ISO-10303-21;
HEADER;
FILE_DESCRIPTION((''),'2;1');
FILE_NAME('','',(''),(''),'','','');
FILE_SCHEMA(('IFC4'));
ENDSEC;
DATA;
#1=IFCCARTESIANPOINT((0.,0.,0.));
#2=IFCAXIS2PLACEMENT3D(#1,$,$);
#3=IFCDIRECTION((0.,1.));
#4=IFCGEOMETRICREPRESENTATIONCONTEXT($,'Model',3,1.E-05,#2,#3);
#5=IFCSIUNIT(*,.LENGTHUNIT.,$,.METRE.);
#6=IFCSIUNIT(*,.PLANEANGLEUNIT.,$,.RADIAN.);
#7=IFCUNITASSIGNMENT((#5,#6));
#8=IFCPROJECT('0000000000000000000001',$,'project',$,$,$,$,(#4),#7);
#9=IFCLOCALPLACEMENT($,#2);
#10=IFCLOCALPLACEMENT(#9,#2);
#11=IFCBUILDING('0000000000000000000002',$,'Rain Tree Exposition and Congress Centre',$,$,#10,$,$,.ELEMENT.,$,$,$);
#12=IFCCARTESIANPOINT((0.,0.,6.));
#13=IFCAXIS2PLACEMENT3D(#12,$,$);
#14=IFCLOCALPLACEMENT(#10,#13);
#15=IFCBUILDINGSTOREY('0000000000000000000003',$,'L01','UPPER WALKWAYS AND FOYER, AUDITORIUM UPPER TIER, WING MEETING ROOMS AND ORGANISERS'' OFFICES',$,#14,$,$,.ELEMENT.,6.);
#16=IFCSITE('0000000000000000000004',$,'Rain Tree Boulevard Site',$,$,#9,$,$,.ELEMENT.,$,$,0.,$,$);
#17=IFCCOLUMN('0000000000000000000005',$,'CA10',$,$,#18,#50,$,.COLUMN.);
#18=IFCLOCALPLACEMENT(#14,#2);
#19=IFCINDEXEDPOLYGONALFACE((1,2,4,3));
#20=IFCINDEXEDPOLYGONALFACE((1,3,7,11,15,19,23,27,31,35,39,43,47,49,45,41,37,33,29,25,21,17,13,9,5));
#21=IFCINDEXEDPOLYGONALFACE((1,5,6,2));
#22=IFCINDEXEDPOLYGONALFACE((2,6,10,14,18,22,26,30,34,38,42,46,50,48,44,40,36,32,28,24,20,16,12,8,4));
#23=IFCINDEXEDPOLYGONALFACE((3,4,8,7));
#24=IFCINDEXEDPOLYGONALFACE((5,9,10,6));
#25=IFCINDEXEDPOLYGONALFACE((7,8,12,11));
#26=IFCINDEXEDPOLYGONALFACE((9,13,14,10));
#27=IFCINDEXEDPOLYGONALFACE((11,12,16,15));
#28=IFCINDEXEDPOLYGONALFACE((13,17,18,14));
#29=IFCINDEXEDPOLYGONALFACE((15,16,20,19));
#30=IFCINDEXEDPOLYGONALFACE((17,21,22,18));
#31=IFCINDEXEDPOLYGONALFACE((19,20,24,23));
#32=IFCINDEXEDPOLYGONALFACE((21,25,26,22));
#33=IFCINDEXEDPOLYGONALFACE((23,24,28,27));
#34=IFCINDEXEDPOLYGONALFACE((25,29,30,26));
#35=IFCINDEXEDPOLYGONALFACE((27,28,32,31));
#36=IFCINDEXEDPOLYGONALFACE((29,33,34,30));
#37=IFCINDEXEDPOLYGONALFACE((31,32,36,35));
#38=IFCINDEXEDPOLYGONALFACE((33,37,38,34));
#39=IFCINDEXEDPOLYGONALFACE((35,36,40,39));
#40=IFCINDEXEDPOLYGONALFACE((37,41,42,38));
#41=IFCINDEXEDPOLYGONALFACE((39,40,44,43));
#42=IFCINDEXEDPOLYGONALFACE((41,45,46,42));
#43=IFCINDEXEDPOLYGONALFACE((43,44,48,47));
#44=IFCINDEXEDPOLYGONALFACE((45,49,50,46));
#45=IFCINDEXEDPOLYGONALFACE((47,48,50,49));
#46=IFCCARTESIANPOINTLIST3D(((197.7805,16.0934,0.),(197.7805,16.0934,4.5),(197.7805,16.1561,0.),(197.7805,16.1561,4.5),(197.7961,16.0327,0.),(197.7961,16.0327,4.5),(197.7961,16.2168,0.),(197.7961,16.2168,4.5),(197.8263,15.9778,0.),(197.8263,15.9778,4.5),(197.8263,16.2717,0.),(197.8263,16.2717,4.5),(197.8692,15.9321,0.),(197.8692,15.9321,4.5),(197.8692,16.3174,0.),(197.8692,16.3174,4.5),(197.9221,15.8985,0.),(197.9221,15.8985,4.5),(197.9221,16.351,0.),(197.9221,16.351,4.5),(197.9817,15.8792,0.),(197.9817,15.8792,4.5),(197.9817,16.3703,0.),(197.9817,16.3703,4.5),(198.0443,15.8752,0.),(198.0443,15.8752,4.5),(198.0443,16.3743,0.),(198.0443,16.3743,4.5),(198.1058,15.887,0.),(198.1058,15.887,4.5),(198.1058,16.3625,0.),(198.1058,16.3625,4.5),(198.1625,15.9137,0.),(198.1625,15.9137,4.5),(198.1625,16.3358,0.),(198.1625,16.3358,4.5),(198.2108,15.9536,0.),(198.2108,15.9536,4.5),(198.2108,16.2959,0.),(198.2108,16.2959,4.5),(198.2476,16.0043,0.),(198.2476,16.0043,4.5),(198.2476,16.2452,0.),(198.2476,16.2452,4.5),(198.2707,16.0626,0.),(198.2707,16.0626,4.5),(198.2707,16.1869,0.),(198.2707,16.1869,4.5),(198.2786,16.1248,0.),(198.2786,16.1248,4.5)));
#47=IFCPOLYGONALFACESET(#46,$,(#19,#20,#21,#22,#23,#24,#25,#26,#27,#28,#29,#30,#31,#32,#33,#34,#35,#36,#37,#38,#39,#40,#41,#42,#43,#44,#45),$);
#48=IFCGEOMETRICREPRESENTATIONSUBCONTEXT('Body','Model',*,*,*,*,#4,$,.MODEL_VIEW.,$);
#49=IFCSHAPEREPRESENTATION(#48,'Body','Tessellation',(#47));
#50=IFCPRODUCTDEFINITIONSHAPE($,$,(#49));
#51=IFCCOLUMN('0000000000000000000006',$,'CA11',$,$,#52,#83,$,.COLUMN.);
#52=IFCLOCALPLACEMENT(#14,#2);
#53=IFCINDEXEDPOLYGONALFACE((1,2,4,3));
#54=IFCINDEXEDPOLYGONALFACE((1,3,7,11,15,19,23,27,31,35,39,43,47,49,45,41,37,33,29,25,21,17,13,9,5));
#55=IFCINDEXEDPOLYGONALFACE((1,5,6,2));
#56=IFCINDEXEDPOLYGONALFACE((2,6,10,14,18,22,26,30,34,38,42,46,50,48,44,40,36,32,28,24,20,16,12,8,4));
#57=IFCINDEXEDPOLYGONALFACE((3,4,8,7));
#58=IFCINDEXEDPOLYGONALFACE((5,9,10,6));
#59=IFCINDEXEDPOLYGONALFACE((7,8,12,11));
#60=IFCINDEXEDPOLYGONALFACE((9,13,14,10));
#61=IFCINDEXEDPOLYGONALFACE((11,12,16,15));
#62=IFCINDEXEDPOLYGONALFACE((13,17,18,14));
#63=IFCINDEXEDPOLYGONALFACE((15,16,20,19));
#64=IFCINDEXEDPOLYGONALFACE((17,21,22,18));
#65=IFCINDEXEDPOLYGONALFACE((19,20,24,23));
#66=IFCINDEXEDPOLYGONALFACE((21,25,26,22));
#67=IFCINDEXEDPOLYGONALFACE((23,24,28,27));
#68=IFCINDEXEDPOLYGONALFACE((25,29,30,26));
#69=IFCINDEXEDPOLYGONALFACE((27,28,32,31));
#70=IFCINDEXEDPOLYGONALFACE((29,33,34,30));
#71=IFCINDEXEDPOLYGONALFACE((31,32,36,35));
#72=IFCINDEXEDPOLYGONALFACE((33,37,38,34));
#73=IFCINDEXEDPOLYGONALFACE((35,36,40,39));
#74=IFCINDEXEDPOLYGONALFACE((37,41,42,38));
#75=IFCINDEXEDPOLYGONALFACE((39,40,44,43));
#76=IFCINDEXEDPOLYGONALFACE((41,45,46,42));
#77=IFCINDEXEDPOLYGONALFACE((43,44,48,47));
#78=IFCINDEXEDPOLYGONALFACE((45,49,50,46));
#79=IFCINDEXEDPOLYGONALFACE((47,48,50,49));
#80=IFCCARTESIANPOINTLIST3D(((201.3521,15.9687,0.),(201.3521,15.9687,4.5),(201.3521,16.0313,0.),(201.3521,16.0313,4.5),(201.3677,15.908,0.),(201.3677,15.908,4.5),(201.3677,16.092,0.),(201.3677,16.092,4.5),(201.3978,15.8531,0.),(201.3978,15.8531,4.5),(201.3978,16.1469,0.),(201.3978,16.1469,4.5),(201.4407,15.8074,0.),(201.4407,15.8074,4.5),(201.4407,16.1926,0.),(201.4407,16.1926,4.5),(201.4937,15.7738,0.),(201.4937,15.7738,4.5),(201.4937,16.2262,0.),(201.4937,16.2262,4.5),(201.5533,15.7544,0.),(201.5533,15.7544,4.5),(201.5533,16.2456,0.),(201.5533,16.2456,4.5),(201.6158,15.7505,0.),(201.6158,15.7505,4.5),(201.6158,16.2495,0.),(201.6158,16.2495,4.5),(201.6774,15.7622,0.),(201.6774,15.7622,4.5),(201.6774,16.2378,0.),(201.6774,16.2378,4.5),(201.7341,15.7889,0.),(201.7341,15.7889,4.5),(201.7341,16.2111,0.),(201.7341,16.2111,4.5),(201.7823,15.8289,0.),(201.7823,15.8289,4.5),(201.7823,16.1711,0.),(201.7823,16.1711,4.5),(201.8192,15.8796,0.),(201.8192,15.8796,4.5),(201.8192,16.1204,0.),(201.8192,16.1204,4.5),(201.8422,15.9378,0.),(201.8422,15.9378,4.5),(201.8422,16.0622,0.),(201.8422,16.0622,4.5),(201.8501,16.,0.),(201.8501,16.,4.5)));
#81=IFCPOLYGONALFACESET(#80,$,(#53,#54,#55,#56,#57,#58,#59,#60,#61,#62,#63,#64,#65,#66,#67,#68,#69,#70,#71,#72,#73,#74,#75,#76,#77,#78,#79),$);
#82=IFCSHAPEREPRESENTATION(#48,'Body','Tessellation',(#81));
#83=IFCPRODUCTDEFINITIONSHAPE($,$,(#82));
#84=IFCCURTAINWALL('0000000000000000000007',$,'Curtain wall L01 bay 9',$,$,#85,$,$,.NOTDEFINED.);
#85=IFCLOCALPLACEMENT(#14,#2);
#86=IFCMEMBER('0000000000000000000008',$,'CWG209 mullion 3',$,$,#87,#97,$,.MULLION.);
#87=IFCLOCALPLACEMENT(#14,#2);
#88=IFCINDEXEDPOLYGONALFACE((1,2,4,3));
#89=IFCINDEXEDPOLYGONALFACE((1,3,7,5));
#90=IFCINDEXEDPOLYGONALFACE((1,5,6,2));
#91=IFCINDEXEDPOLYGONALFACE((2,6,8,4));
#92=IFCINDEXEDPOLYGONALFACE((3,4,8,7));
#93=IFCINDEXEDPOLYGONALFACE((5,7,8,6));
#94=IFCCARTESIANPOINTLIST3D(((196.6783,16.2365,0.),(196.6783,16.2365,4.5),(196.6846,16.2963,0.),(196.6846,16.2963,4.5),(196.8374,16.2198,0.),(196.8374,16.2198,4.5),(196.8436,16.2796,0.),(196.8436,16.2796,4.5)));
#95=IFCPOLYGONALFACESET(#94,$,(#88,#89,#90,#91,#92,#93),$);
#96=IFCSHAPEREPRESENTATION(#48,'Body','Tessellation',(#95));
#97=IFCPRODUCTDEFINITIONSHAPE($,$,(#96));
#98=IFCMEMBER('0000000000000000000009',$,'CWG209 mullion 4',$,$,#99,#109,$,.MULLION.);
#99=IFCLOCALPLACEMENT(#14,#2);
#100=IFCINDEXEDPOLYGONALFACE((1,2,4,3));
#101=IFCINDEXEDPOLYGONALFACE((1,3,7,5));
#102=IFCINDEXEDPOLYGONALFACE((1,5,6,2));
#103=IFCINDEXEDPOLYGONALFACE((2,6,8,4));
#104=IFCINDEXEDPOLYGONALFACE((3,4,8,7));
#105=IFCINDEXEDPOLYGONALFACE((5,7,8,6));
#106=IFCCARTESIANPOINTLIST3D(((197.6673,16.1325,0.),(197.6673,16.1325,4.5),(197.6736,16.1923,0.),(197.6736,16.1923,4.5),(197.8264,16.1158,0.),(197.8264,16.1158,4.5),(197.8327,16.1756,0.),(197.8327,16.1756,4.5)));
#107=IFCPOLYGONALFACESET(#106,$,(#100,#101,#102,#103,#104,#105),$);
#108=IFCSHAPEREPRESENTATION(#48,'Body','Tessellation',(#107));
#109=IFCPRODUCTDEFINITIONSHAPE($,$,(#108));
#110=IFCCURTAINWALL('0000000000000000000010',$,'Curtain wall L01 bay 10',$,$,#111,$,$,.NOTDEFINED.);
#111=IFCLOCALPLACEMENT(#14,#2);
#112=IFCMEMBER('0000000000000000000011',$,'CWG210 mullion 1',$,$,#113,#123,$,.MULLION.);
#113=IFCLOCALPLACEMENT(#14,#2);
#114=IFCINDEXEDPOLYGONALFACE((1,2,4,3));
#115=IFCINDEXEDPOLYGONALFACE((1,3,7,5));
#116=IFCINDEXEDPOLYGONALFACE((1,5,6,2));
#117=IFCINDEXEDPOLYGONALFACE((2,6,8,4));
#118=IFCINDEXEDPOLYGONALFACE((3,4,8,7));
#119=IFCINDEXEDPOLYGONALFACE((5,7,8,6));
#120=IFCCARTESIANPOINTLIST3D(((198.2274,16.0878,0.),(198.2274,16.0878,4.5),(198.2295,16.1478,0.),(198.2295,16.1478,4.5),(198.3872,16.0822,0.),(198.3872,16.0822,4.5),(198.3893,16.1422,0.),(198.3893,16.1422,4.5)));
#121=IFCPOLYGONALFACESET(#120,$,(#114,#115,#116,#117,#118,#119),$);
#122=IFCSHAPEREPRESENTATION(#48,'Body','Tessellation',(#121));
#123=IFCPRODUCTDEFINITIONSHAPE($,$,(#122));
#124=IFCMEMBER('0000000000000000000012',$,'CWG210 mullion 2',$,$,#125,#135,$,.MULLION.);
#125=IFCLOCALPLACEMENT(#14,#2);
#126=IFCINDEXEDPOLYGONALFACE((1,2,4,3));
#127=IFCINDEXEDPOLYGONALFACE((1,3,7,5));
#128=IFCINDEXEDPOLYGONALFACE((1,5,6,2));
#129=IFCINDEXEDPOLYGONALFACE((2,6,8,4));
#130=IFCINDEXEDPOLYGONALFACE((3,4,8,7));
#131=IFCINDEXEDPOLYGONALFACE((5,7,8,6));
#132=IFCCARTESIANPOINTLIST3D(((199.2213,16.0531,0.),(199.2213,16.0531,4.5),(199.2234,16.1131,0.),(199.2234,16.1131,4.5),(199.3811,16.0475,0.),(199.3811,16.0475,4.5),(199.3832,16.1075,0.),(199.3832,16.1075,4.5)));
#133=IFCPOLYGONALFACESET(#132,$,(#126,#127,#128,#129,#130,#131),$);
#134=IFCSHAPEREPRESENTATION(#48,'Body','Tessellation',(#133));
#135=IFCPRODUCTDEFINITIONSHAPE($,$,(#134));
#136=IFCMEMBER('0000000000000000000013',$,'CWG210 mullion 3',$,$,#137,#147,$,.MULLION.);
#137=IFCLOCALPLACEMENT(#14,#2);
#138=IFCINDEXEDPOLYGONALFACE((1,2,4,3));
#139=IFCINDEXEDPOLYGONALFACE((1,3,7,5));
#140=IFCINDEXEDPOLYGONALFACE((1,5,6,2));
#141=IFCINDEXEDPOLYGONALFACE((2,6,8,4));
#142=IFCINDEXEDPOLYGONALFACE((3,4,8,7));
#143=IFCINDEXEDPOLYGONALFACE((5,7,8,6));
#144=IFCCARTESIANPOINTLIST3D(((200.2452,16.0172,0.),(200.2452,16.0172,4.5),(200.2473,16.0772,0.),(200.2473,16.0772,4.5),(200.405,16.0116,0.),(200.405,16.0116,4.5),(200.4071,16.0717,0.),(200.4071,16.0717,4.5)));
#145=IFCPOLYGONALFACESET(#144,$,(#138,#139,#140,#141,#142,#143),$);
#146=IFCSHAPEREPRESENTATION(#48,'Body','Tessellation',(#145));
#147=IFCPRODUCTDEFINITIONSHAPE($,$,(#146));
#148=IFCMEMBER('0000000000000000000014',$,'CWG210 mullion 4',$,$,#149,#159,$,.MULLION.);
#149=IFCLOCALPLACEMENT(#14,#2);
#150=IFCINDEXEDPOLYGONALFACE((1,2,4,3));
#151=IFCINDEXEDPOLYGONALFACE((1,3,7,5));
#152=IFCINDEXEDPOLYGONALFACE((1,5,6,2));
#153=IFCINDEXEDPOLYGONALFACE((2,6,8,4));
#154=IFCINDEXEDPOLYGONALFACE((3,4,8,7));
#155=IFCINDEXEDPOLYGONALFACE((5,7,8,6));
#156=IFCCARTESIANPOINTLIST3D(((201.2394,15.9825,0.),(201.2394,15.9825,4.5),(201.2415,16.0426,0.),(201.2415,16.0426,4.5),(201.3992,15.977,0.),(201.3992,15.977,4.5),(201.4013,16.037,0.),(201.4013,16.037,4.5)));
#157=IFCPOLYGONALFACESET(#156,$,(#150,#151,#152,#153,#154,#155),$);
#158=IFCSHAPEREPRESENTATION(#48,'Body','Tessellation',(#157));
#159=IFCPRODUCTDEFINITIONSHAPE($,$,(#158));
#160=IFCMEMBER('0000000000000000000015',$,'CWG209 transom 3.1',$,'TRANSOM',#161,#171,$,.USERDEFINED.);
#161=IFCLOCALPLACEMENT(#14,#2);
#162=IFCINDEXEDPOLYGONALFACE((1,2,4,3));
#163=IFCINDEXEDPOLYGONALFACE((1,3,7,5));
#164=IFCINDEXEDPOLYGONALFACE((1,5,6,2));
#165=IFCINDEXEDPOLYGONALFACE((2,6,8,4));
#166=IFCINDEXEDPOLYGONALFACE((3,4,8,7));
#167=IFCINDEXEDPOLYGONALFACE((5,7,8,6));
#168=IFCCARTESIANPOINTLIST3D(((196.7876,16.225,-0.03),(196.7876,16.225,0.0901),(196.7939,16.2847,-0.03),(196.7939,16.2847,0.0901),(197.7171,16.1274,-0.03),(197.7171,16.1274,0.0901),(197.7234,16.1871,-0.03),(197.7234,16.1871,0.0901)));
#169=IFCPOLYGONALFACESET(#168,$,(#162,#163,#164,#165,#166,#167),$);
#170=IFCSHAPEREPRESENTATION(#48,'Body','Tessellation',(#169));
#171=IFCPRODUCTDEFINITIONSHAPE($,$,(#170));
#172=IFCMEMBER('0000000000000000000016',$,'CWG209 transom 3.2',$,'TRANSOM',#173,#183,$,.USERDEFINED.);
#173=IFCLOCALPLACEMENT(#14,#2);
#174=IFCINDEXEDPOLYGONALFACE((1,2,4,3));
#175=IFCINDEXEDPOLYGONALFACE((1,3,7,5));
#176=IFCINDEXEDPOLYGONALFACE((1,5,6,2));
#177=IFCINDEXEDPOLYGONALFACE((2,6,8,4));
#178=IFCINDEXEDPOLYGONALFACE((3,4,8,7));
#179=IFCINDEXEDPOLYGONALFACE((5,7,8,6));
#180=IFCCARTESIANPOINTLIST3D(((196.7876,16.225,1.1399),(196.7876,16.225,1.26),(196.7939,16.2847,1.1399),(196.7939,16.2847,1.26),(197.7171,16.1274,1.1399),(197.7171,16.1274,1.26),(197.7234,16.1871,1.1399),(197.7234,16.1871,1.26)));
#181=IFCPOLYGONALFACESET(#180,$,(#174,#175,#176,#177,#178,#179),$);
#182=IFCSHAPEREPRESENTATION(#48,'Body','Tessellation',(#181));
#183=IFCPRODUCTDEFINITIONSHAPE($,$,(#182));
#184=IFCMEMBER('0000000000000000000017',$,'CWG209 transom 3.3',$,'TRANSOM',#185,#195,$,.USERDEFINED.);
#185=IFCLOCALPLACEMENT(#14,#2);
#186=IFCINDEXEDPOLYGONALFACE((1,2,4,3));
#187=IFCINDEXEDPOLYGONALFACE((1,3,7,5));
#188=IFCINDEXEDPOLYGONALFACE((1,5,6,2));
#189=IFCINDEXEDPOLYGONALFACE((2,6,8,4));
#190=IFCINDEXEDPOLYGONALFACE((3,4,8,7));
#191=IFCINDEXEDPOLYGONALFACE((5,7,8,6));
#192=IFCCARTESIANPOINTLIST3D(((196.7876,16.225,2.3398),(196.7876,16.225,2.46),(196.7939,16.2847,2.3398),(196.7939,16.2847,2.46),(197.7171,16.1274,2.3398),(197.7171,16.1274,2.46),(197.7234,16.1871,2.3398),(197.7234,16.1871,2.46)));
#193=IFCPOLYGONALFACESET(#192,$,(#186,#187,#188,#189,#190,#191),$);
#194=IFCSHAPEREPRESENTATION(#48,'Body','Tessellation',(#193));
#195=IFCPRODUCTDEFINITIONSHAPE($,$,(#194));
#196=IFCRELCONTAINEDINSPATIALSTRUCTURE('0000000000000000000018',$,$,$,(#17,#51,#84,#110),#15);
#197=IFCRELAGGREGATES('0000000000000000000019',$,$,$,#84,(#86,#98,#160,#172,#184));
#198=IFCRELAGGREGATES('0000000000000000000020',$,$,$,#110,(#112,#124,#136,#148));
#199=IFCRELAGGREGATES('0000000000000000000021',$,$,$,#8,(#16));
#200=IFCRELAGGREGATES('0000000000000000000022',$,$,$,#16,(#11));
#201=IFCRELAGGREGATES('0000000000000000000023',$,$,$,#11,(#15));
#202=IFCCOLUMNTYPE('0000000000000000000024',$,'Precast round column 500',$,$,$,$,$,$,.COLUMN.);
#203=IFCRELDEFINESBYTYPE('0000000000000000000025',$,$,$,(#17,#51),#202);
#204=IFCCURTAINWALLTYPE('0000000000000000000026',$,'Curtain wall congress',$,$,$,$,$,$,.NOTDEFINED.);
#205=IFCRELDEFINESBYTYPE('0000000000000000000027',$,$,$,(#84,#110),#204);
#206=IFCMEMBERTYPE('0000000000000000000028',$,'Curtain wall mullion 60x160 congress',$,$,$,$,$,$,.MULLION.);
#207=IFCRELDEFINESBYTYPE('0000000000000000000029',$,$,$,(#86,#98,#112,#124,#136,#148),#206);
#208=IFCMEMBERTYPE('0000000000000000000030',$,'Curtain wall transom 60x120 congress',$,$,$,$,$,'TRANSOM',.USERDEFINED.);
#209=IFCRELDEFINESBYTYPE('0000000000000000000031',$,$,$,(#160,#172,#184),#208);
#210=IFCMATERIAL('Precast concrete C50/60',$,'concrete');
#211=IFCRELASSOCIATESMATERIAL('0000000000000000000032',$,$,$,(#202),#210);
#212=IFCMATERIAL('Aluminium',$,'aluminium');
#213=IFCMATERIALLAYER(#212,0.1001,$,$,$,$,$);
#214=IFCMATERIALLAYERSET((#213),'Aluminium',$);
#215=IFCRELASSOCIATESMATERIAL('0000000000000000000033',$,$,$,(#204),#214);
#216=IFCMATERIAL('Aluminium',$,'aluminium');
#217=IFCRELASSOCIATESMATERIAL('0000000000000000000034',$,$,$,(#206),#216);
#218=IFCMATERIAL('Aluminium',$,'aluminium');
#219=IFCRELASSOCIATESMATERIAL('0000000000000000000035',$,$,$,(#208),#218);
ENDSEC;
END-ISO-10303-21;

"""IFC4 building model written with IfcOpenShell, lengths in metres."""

from ifc_helpers import new_model, si_unit, direction, frame, origin, origin_2d, place, context, subcontext, project, spatial, rectangle, circle, extrude, material, layer, layer_set, material_profile, profile_set, type_object, element, aggregate, save


model = new_model("IFC4")

# Units and contexts
model_context = context("Model", 3, precision=1e-05, world=origin(), true_north=direction((0.0, 1.0)))
body_context = subcontext(model_context, "Body", "Model", "MODEL_VIEW")
ifc_project = project(units=[si_unit("LENGTHUNIT", "METRE"), si_unit("PLANEANGLEUNIT", "RADIAN")], contexts=[model_context])

# Site, building, storey
site_placement = place(None, origin())
site = spatial("IfcSite", under=ifc_project, at=site_placement, Name="Rain Tree Boulevard Site", CompositionType="ELEMENT", RefElevation=0.0)
building_placement = place(site_placement, origin())
building = spatial("IfcBuilding", under=site, at=building_placement, Name="Rain Tree Exposition and Congress Centre", CompositionType="ELEMENT")
storey_placement = place(building_placement, frame((0.0, 0.0, 6.0)))
storey = spatial("IfcBuildingStorey", under=building, at=storey_placement, Name="L01", Description="UPPER WALKWAYS AND FOYER, AUDITORIUM UPPER TIER, WING MEETING ROOMS AND ORGANISERS' OFFICES", CompositionType="ELEMENT", Elevation=6.0)

# Columns
ifc_material_1 = material(Name="Precast concrete C50/60", Category="concrete")
ifc_material_profile_1 = material_profile(ifc_material_1, circle(Radius=0.25, at=origin_2d()), Name="RC D500")
ifc_profile_set_1 = profile_set([ifc_material_profile_1], Name="Precast concrete C50/60")
column_type = type_object("IfcColumnType", Name="Precast round column 500", PredefinedType="COLUMN", material=ifc_profile_set_1)
for number, where, z_axis, x_axis, name in (
    (1, (198.0286, 16.1248, 0.0), (0.0, 0.0, 1.0), (1.0, 0.0, 0.0), "CA10"),
    (2, (201.6001, 16.0, 0.0), (0.0, 0.0, 1.0), (1.0, 0.0, 0.0), "CA11"),
):
    element("IfcColumn", number, at=place(storey_placement, frame(where, z_axis=z_axis, x_axis=x_axis)), inside=storey, type_object=column_type, Name=name, PredefinedType="COLUMN", context=body_context, shape_type="SweptSolid", body=[
        extrude(circle(Radius=0.25, at=origin_2d()), origin(), (0.0, 0.0, 1.0), 4.5),
    ])

# Curtain walls, members
ifc_material_2 = material(Name="Aluminium", Category="aluminium")
ifc_layer_1 = layer(ifc_material_2, 0.1001)
ifc_layer_set_1 = layer_set([ifc_layer_1], Name="Aluminium")
curtain_wall_type = type_object("IfcCurtainWallType", Name="Curtain wall congress", PredefinedType="NOTDEFINED", material=ifc_layer_set_1)
curtain_wall_1_placement = place(storey_placement, origin())
curtain_wall_1 = element("IfcCurtainWall", 3, at=curtain_wall_1_placement, inside=storey, type_object=curtain_wall_type, Name="Curtain wall L01 bay 9", PredefinedType="NOTDEFINED")
ifc_material_3 = material(Name="Aluminium", Category="aluminium")
ifc_material_profile_2 = material_profile(ifc_material_3, rectangle(XDim=0.0601, YDim=0.1599, at=origin_2d()), Name="AL 60x160")
ifc_profile_set_2 = profile_set([ifc_material_profile_2], Name="Aluminium")
member_type_1 = type_object("IfcMemberType", Name="Curtain wall mullion 60x160 congress", PredefinedType="MULLION", material=ifc_profile_set_2)
member_1_placement = place(storey_placement, frame((196.761, 16.2581, 0.0), z_axis=(0.0, 0.0, 1.0), x_axis=(0.104502, 0.994525, 0.0)))
member_1 = element("IfcMember", 4, at=member_1_placement, type_object=member_type_1, Name="CWG209 mullion 3", PredefinedType="MULLION", context=body_context, shape_type="SweptSolid", body=[
    extrude(rectangle(XDim=0.0601, YDim=0.1599, at=origin_2d()), origin(), (0.0, 0.0, 1.0), 4.5),
])
member_2_placement = place(storey_placement, frame((197.75, 16.1541, 0.0), z_axis=(0.0, 0.0, 1.0), x_axis=(0.104502, 0.994525, 0.0)))
member_2 = element("IfcMember", 5, at=member_2_placement, type_object=member_type_1, Name="CWG209 mullion 4", PredefinedType="MULLION", context=body_context, shape_type="SweptSolid", body=[
    extrude(rectangle(XDim=0.0601, YDim=0.1599, at=origin_2d()), origin(), (0.0, 0.0, 1.0), 4.5),
])
curtain_wall_2_placement = place(storey_placement, origin())
curtain_wall_2 = element("IfcCurtainWall", 6, at=curtain_wall_2_placement, inside=storey, type_object=curtain_wall_type, Name="Curtain wall L01 bay 10", PredefinedType="NOTDEFINED")
member_3_placement = place(storey_placement, frame((198.3083, 16.115, 0.0), z_axis=(0.0, 0.0, 1.0), x_axis=(0.034908, 0.999391, 0.0)))
member_3 = element("IfcMember", 7, at=member_3_placement, type_object=member_type_1, Name="CWG210 mullion 1", PredefinedType="MULLION", context=body_context, shape_type="SweptSolid", body=[
    extrude(rectangle(XDim=0.0601, YDim=0.1599, at=origin_2d()), origin(), (0.0, 0.0, 1.0), 4.5),
])
member_4_placement = place(storey_placement, frame((199.3022, 16.0803, 0.0), z_axis=(0.0, 0.0, 1.0), x_axis=(0.034908, 0.999391, 0.0)))
member_4 = element("IfcMember", 8, at=member_4_placement, type_object=member_type_1, Name="CWG210 mullion 2", PredefinedType="MULLION", context=body_context, shape_type="SweptSolid", body=[
    extrude(rectangle(XDim=0.0601, YDim=0.1599, at=origin_2d()), origin(), (0.0, 0.0, 1.0), 4.5),
])
member_5_placement = place(storey_placement, frame((200.3262, 16.0444, 0.0), z_axis=(0.0, 0.0, 1.0), x_axis=(0.034908, 0.999391, 0.0)))
member_5 = element("IfcMember", 9, at=member_5_placement, type_object=member_type_1, Name="CWG210 mullion 3", PredefinedType="MULLION", context=body_context, shape_type="SweptSolid", body=[
    extrude(rectangle(XDim=0.0601, YDim=0.1599, at=origin_2d()), origin(), (0.0, 0.0, 1.0), 4.5),
])
member_6_placement = place(storey_placement, frame((201.3203, 16.0098, 0.0), z_axis=(0.0, 0.0, 1.0), x_axis=(0.034908, 0.999391, 0.0)))
member_6 = element("IfcMember", 10, at=member_6_placement, type_object=member_type_1, Name="CWG210 mullion 4", PredefinedType="MULLION", context=body_context, shape_type="SweptSolid", body=[
    extrude(rectangle(XDim=0.0601, YDim=0.1599, at=origin_2d()), origin(), (0.0, 0.0, 1.0), 4.5),
])

# Members
ifc_material_4 = material(Name="Aluminium", Category="aluminium")
ifc_material_profile_3 = material_profile(ifc_material_4, rectangle(XDim=0.0601, YDim=0.1201, at=origin_2d()), Name="AL 60x120")
ifc_profile_set_3 = profile_set([ifc_material_profile_3], Name="Aluminium")
member_type_2 = type_object("IfcMemberType", Name="Curtain wall transom 60x120 congress", ElementType="TRANSOM", PredefinedType="USERDEFINED", material=ifc_profile_set_3)
member_7_placement = place(storey_placement, frame((196.7908, 16.2549, 0.03), z_axis=(0.994525, -0.104494, 0.0), x_axis=(0.104494, 0.994525, 0.0)))
member_7 = element("IfcMember", 11, at=member_7_placement, type_object=member_type_2, Name="CWG209 transom 3.1", ObjectType="TRANSOM", PredefinedType="USERDEFINED", context=body_context, shape_type="SweptSolid", body=[
    extrude(rectangle(XDim=0.0601, YDim=0.1201, at=origin_2d()), origin(), (0.0, 0.0, 1.0), 0.9346),
])
member_8_placement = place(storey_placement, frame((196.7908, 16.2549, 1.2), z_axis=(0.994525, -0.104494, 0.0), x_axis=(0.104494, 0.994525, 0.0)))
member_8 = element("IfcMember", 12, at=member_8_placement, type_object=member_type_2, Name="CWG209 transom 3.2", ObjectType="TRANSOM", PredefinedType="USERDEFINED", context=body_context, shape_type="SweptSolid", body=[
    extrude(rectangle(XDim=0.0601, YDim=0.1201, at=origin_2d()), origin(), (0.0, 0.0, 1.0), 0.9346),
])
member_9_placement = place(storey_placement, frame((196.7908, 16.2549, 2.3999), z_axis=(0.994525, -0.104494, 0.0), x_axis=(0.104494, 0.994525, 0.0)))
member_9 = element("IfcMember", 13, at=member_9_placement, type_object=member_type_2, Name="CWG209 transom 3.3", ObjectType="TRANSOM", PredefinedType="USERDEFINED", context=body_context, shape_type="SweptSolid", body=[
    extrude(rectangle(XDim=0.0601, YDim=0.1201, at=origin_2d()), origin(), (0.0, 0.0, 1.0), 0.9346),
])

aggregate(curtain_wall_1, [member_1, member_2, member_7, member_8, member_9])
aggregate(curtain_wall_2, [member_3, member_4, member_5, member_6])

save(model, "model.ifc")
